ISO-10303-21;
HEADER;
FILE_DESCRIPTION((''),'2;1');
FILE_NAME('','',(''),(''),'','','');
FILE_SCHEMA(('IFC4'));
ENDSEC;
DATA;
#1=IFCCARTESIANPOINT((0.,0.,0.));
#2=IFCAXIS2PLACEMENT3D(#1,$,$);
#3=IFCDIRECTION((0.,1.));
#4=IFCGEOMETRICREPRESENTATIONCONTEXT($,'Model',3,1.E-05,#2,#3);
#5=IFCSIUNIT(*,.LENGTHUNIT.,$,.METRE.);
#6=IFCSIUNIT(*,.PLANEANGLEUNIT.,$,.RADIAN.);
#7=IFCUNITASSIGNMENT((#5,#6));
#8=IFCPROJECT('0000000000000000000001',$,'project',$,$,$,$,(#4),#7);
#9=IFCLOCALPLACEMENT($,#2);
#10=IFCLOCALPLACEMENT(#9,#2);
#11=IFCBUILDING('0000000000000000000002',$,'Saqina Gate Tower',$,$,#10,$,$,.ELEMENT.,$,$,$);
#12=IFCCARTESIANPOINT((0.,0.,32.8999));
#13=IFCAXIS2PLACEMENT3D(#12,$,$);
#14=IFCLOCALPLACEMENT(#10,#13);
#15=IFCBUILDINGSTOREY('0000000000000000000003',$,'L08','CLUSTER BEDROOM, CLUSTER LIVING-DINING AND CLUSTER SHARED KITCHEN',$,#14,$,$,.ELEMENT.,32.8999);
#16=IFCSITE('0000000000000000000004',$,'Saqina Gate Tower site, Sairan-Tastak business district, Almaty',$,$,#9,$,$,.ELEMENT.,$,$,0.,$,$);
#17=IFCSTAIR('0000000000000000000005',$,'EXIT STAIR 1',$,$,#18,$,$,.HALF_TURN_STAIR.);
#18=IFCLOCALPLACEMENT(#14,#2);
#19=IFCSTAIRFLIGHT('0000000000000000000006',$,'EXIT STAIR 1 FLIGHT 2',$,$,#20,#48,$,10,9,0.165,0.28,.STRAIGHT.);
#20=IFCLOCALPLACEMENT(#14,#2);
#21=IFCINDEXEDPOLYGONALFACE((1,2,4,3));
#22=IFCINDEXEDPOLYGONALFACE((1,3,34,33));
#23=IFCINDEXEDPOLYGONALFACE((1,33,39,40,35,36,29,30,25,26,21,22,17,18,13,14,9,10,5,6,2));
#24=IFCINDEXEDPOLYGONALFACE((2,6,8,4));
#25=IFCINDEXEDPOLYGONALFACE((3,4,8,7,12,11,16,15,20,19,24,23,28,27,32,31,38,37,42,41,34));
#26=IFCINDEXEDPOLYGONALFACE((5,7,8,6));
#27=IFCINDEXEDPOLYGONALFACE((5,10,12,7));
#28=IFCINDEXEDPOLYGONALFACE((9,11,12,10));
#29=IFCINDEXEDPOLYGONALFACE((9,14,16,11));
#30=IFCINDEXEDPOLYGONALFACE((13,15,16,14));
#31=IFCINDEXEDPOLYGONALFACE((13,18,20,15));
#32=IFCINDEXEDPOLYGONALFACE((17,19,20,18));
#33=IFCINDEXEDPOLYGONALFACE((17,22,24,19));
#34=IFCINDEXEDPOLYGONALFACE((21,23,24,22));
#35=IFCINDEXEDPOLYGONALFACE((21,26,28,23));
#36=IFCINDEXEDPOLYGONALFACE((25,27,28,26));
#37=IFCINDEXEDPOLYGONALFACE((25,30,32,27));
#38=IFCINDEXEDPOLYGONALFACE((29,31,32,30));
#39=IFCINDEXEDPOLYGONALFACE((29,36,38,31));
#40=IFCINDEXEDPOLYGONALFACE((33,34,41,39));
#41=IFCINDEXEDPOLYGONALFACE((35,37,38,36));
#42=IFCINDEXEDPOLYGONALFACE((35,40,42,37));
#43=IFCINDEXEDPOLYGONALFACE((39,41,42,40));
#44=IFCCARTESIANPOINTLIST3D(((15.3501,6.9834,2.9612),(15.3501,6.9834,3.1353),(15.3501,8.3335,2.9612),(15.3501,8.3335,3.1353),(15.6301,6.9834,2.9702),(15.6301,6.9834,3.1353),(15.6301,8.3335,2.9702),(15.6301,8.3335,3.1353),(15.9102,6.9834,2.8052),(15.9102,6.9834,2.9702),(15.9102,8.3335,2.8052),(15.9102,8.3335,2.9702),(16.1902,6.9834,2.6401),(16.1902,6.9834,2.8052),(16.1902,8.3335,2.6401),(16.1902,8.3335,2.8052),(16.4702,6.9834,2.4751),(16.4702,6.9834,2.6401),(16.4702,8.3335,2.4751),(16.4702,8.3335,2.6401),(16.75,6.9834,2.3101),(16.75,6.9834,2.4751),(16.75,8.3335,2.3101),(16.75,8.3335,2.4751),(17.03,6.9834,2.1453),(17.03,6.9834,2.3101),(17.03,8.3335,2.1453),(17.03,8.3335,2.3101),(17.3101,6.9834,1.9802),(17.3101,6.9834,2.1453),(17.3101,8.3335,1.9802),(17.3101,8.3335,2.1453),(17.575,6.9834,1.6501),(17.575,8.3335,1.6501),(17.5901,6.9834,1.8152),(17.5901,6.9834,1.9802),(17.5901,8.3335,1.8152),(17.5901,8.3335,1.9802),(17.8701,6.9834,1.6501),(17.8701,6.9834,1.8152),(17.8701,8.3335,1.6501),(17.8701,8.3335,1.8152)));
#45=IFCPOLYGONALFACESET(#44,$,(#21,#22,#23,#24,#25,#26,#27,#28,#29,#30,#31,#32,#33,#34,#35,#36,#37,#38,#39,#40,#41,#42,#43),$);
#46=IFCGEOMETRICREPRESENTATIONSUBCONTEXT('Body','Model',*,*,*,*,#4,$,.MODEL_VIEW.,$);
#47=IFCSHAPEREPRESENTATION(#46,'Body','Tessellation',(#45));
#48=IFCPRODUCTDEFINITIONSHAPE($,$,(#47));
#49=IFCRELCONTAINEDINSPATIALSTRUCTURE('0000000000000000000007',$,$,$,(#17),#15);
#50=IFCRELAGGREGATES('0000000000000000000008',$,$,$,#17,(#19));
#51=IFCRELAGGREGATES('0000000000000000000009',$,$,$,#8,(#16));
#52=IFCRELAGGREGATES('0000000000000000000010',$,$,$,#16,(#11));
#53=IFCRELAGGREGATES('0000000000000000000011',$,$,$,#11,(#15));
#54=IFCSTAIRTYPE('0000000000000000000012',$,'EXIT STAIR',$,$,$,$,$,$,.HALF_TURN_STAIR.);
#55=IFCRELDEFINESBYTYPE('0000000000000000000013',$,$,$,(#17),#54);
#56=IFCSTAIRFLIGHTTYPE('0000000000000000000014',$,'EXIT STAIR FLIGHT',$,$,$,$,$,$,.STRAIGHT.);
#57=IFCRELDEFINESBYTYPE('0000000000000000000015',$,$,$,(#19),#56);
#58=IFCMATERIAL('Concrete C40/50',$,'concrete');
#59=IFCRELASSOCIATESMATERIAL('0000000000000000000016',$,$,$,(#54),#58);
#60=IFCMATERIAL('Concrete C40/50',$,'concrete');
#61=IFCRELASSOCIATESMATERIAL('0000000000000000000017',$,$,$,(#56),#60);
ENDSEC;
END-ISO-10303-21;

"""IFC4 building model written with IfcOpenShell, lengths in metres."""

from ifc_helpers import new_model, si_unit, direction, frame, origin, place, context, subcontext, project, spatial, polyline, outline, extrude, material, type_object, element, aggregate, save


model = new_model("IFC4")

# Units and contexts
model_context = context("Model", 3, precision=1e-05, world=origin(), true_north=direction((0.0, 1.0)))
body_context = subcontext(model_context, "Body", "Model", "MODEL_VIEW")
ifc_project = project(units=[si_unit("LENGTHUNIT", "METRE"), si_unit("PLANEANGLEUNIT", "RADIAN")], contexts=[model_context])

# Site, building, storey
site_placement = place(None, origin())
site = spatial("IfcSite", under=ifc_project, at=site_placement, Name="Saqina Gate Tower site, Sairan-Tastak business district, Almaty", CompositionType="ELEMENT", RefElevation=0.0)
building_placement = place(site_placement, origin())
building = spatial("IfcBuilding", under=site, at=building_placement, Name="Saqina Gate Tower", CompositionType="ELEMENT")
storey_placement = place(building_placement, frame((0.0, 0.0, 32.8999)))
storey = spatial("IfcBuildingStorey", under=building, at=storey_placement, Name="L08", Description="CLUSTER BEDROOM, CLUSTER LIVING-DINING AND CLUSTER SHARED KITCHEN", CompositionType="ELEMENT", Elevation=32.8999)

# Stair, stair flight
ifc_material_1 = material(Name="Concrete C40/50", Category="concrete")
stair_type = type_object("IfcStairType", Name="EXIT STAIR", PredefinedType="HALF_TURN_STAIR", material=ifc_material_1)
stair_placement = place(storey_placement, origin())
stair = element("IfcStair", 1, at=stair_placement, inside=storey, type_object=stair_type, Name="EXIT STAIR 1", PredefinedType="HALF_TURN_STAIR")
ifc_material_2 = material(Name="Concrete C40/50", Category="concrete")
stair_flight_type = type_object("IfcStairFlightType", Name="EXIT STAIR FLIGHT", PredefinedType="STRAIGHT", material=ifc_material_2)
stair_flight_1_placement = place(storey_placement, frame((17.8701, 7.6584, 1.6501), z_axis=(0.0, 0.0, 1.0), x_axis=(-1.0, 0.0, 0.0)))
stair_flight_1 = element("IfcStairFlight", 2, at=stair_flight_1_placement, type_object=stair_flight_type, Name="EXIT STAIR 1 FLIGHT 2", NumberOfRisers=10, NumberOfTreads=9, PredefinedType="STRAIGHT", RiserHeight=0.165, TreadLength=0.28, context=body_context, shape_type="SweptSolid", body=[
    extrude(outline(polyline([(0.0, 0.0), (0.0, 0.165), (0.28, 0.165), (0.28, 0.3301), (0.5601, 0.3301), (0.5601, 0.4951), (0.8401, 0.4951), (0.8401, 0.6599), (1.1201, 0.6599), (1.1201, 0.825), (1.3999, 0.825), (1.3999, 0.99), (1.6799, 0.99), (1.6799, 1.155), (1.96, 1.155), (1.96, 1.3201), (2.24, 1.3201), (2.24, 1.4851), (2.52, 1.4851), (2.52, 1.6499), (2.52, 1.311), (0.2952, 0.0), (0.0, 0.0)])), frame((0.0, 0.675, 0.0), z_axis=(0.0, -1.0, 0.0), x_axis=(1.0, 0.0, 0.0)), (0.0, 0.0, 1.0), 1.3501),
])
aggregate(stair, [stair_flight_1])

save(model, "model.ifc")
